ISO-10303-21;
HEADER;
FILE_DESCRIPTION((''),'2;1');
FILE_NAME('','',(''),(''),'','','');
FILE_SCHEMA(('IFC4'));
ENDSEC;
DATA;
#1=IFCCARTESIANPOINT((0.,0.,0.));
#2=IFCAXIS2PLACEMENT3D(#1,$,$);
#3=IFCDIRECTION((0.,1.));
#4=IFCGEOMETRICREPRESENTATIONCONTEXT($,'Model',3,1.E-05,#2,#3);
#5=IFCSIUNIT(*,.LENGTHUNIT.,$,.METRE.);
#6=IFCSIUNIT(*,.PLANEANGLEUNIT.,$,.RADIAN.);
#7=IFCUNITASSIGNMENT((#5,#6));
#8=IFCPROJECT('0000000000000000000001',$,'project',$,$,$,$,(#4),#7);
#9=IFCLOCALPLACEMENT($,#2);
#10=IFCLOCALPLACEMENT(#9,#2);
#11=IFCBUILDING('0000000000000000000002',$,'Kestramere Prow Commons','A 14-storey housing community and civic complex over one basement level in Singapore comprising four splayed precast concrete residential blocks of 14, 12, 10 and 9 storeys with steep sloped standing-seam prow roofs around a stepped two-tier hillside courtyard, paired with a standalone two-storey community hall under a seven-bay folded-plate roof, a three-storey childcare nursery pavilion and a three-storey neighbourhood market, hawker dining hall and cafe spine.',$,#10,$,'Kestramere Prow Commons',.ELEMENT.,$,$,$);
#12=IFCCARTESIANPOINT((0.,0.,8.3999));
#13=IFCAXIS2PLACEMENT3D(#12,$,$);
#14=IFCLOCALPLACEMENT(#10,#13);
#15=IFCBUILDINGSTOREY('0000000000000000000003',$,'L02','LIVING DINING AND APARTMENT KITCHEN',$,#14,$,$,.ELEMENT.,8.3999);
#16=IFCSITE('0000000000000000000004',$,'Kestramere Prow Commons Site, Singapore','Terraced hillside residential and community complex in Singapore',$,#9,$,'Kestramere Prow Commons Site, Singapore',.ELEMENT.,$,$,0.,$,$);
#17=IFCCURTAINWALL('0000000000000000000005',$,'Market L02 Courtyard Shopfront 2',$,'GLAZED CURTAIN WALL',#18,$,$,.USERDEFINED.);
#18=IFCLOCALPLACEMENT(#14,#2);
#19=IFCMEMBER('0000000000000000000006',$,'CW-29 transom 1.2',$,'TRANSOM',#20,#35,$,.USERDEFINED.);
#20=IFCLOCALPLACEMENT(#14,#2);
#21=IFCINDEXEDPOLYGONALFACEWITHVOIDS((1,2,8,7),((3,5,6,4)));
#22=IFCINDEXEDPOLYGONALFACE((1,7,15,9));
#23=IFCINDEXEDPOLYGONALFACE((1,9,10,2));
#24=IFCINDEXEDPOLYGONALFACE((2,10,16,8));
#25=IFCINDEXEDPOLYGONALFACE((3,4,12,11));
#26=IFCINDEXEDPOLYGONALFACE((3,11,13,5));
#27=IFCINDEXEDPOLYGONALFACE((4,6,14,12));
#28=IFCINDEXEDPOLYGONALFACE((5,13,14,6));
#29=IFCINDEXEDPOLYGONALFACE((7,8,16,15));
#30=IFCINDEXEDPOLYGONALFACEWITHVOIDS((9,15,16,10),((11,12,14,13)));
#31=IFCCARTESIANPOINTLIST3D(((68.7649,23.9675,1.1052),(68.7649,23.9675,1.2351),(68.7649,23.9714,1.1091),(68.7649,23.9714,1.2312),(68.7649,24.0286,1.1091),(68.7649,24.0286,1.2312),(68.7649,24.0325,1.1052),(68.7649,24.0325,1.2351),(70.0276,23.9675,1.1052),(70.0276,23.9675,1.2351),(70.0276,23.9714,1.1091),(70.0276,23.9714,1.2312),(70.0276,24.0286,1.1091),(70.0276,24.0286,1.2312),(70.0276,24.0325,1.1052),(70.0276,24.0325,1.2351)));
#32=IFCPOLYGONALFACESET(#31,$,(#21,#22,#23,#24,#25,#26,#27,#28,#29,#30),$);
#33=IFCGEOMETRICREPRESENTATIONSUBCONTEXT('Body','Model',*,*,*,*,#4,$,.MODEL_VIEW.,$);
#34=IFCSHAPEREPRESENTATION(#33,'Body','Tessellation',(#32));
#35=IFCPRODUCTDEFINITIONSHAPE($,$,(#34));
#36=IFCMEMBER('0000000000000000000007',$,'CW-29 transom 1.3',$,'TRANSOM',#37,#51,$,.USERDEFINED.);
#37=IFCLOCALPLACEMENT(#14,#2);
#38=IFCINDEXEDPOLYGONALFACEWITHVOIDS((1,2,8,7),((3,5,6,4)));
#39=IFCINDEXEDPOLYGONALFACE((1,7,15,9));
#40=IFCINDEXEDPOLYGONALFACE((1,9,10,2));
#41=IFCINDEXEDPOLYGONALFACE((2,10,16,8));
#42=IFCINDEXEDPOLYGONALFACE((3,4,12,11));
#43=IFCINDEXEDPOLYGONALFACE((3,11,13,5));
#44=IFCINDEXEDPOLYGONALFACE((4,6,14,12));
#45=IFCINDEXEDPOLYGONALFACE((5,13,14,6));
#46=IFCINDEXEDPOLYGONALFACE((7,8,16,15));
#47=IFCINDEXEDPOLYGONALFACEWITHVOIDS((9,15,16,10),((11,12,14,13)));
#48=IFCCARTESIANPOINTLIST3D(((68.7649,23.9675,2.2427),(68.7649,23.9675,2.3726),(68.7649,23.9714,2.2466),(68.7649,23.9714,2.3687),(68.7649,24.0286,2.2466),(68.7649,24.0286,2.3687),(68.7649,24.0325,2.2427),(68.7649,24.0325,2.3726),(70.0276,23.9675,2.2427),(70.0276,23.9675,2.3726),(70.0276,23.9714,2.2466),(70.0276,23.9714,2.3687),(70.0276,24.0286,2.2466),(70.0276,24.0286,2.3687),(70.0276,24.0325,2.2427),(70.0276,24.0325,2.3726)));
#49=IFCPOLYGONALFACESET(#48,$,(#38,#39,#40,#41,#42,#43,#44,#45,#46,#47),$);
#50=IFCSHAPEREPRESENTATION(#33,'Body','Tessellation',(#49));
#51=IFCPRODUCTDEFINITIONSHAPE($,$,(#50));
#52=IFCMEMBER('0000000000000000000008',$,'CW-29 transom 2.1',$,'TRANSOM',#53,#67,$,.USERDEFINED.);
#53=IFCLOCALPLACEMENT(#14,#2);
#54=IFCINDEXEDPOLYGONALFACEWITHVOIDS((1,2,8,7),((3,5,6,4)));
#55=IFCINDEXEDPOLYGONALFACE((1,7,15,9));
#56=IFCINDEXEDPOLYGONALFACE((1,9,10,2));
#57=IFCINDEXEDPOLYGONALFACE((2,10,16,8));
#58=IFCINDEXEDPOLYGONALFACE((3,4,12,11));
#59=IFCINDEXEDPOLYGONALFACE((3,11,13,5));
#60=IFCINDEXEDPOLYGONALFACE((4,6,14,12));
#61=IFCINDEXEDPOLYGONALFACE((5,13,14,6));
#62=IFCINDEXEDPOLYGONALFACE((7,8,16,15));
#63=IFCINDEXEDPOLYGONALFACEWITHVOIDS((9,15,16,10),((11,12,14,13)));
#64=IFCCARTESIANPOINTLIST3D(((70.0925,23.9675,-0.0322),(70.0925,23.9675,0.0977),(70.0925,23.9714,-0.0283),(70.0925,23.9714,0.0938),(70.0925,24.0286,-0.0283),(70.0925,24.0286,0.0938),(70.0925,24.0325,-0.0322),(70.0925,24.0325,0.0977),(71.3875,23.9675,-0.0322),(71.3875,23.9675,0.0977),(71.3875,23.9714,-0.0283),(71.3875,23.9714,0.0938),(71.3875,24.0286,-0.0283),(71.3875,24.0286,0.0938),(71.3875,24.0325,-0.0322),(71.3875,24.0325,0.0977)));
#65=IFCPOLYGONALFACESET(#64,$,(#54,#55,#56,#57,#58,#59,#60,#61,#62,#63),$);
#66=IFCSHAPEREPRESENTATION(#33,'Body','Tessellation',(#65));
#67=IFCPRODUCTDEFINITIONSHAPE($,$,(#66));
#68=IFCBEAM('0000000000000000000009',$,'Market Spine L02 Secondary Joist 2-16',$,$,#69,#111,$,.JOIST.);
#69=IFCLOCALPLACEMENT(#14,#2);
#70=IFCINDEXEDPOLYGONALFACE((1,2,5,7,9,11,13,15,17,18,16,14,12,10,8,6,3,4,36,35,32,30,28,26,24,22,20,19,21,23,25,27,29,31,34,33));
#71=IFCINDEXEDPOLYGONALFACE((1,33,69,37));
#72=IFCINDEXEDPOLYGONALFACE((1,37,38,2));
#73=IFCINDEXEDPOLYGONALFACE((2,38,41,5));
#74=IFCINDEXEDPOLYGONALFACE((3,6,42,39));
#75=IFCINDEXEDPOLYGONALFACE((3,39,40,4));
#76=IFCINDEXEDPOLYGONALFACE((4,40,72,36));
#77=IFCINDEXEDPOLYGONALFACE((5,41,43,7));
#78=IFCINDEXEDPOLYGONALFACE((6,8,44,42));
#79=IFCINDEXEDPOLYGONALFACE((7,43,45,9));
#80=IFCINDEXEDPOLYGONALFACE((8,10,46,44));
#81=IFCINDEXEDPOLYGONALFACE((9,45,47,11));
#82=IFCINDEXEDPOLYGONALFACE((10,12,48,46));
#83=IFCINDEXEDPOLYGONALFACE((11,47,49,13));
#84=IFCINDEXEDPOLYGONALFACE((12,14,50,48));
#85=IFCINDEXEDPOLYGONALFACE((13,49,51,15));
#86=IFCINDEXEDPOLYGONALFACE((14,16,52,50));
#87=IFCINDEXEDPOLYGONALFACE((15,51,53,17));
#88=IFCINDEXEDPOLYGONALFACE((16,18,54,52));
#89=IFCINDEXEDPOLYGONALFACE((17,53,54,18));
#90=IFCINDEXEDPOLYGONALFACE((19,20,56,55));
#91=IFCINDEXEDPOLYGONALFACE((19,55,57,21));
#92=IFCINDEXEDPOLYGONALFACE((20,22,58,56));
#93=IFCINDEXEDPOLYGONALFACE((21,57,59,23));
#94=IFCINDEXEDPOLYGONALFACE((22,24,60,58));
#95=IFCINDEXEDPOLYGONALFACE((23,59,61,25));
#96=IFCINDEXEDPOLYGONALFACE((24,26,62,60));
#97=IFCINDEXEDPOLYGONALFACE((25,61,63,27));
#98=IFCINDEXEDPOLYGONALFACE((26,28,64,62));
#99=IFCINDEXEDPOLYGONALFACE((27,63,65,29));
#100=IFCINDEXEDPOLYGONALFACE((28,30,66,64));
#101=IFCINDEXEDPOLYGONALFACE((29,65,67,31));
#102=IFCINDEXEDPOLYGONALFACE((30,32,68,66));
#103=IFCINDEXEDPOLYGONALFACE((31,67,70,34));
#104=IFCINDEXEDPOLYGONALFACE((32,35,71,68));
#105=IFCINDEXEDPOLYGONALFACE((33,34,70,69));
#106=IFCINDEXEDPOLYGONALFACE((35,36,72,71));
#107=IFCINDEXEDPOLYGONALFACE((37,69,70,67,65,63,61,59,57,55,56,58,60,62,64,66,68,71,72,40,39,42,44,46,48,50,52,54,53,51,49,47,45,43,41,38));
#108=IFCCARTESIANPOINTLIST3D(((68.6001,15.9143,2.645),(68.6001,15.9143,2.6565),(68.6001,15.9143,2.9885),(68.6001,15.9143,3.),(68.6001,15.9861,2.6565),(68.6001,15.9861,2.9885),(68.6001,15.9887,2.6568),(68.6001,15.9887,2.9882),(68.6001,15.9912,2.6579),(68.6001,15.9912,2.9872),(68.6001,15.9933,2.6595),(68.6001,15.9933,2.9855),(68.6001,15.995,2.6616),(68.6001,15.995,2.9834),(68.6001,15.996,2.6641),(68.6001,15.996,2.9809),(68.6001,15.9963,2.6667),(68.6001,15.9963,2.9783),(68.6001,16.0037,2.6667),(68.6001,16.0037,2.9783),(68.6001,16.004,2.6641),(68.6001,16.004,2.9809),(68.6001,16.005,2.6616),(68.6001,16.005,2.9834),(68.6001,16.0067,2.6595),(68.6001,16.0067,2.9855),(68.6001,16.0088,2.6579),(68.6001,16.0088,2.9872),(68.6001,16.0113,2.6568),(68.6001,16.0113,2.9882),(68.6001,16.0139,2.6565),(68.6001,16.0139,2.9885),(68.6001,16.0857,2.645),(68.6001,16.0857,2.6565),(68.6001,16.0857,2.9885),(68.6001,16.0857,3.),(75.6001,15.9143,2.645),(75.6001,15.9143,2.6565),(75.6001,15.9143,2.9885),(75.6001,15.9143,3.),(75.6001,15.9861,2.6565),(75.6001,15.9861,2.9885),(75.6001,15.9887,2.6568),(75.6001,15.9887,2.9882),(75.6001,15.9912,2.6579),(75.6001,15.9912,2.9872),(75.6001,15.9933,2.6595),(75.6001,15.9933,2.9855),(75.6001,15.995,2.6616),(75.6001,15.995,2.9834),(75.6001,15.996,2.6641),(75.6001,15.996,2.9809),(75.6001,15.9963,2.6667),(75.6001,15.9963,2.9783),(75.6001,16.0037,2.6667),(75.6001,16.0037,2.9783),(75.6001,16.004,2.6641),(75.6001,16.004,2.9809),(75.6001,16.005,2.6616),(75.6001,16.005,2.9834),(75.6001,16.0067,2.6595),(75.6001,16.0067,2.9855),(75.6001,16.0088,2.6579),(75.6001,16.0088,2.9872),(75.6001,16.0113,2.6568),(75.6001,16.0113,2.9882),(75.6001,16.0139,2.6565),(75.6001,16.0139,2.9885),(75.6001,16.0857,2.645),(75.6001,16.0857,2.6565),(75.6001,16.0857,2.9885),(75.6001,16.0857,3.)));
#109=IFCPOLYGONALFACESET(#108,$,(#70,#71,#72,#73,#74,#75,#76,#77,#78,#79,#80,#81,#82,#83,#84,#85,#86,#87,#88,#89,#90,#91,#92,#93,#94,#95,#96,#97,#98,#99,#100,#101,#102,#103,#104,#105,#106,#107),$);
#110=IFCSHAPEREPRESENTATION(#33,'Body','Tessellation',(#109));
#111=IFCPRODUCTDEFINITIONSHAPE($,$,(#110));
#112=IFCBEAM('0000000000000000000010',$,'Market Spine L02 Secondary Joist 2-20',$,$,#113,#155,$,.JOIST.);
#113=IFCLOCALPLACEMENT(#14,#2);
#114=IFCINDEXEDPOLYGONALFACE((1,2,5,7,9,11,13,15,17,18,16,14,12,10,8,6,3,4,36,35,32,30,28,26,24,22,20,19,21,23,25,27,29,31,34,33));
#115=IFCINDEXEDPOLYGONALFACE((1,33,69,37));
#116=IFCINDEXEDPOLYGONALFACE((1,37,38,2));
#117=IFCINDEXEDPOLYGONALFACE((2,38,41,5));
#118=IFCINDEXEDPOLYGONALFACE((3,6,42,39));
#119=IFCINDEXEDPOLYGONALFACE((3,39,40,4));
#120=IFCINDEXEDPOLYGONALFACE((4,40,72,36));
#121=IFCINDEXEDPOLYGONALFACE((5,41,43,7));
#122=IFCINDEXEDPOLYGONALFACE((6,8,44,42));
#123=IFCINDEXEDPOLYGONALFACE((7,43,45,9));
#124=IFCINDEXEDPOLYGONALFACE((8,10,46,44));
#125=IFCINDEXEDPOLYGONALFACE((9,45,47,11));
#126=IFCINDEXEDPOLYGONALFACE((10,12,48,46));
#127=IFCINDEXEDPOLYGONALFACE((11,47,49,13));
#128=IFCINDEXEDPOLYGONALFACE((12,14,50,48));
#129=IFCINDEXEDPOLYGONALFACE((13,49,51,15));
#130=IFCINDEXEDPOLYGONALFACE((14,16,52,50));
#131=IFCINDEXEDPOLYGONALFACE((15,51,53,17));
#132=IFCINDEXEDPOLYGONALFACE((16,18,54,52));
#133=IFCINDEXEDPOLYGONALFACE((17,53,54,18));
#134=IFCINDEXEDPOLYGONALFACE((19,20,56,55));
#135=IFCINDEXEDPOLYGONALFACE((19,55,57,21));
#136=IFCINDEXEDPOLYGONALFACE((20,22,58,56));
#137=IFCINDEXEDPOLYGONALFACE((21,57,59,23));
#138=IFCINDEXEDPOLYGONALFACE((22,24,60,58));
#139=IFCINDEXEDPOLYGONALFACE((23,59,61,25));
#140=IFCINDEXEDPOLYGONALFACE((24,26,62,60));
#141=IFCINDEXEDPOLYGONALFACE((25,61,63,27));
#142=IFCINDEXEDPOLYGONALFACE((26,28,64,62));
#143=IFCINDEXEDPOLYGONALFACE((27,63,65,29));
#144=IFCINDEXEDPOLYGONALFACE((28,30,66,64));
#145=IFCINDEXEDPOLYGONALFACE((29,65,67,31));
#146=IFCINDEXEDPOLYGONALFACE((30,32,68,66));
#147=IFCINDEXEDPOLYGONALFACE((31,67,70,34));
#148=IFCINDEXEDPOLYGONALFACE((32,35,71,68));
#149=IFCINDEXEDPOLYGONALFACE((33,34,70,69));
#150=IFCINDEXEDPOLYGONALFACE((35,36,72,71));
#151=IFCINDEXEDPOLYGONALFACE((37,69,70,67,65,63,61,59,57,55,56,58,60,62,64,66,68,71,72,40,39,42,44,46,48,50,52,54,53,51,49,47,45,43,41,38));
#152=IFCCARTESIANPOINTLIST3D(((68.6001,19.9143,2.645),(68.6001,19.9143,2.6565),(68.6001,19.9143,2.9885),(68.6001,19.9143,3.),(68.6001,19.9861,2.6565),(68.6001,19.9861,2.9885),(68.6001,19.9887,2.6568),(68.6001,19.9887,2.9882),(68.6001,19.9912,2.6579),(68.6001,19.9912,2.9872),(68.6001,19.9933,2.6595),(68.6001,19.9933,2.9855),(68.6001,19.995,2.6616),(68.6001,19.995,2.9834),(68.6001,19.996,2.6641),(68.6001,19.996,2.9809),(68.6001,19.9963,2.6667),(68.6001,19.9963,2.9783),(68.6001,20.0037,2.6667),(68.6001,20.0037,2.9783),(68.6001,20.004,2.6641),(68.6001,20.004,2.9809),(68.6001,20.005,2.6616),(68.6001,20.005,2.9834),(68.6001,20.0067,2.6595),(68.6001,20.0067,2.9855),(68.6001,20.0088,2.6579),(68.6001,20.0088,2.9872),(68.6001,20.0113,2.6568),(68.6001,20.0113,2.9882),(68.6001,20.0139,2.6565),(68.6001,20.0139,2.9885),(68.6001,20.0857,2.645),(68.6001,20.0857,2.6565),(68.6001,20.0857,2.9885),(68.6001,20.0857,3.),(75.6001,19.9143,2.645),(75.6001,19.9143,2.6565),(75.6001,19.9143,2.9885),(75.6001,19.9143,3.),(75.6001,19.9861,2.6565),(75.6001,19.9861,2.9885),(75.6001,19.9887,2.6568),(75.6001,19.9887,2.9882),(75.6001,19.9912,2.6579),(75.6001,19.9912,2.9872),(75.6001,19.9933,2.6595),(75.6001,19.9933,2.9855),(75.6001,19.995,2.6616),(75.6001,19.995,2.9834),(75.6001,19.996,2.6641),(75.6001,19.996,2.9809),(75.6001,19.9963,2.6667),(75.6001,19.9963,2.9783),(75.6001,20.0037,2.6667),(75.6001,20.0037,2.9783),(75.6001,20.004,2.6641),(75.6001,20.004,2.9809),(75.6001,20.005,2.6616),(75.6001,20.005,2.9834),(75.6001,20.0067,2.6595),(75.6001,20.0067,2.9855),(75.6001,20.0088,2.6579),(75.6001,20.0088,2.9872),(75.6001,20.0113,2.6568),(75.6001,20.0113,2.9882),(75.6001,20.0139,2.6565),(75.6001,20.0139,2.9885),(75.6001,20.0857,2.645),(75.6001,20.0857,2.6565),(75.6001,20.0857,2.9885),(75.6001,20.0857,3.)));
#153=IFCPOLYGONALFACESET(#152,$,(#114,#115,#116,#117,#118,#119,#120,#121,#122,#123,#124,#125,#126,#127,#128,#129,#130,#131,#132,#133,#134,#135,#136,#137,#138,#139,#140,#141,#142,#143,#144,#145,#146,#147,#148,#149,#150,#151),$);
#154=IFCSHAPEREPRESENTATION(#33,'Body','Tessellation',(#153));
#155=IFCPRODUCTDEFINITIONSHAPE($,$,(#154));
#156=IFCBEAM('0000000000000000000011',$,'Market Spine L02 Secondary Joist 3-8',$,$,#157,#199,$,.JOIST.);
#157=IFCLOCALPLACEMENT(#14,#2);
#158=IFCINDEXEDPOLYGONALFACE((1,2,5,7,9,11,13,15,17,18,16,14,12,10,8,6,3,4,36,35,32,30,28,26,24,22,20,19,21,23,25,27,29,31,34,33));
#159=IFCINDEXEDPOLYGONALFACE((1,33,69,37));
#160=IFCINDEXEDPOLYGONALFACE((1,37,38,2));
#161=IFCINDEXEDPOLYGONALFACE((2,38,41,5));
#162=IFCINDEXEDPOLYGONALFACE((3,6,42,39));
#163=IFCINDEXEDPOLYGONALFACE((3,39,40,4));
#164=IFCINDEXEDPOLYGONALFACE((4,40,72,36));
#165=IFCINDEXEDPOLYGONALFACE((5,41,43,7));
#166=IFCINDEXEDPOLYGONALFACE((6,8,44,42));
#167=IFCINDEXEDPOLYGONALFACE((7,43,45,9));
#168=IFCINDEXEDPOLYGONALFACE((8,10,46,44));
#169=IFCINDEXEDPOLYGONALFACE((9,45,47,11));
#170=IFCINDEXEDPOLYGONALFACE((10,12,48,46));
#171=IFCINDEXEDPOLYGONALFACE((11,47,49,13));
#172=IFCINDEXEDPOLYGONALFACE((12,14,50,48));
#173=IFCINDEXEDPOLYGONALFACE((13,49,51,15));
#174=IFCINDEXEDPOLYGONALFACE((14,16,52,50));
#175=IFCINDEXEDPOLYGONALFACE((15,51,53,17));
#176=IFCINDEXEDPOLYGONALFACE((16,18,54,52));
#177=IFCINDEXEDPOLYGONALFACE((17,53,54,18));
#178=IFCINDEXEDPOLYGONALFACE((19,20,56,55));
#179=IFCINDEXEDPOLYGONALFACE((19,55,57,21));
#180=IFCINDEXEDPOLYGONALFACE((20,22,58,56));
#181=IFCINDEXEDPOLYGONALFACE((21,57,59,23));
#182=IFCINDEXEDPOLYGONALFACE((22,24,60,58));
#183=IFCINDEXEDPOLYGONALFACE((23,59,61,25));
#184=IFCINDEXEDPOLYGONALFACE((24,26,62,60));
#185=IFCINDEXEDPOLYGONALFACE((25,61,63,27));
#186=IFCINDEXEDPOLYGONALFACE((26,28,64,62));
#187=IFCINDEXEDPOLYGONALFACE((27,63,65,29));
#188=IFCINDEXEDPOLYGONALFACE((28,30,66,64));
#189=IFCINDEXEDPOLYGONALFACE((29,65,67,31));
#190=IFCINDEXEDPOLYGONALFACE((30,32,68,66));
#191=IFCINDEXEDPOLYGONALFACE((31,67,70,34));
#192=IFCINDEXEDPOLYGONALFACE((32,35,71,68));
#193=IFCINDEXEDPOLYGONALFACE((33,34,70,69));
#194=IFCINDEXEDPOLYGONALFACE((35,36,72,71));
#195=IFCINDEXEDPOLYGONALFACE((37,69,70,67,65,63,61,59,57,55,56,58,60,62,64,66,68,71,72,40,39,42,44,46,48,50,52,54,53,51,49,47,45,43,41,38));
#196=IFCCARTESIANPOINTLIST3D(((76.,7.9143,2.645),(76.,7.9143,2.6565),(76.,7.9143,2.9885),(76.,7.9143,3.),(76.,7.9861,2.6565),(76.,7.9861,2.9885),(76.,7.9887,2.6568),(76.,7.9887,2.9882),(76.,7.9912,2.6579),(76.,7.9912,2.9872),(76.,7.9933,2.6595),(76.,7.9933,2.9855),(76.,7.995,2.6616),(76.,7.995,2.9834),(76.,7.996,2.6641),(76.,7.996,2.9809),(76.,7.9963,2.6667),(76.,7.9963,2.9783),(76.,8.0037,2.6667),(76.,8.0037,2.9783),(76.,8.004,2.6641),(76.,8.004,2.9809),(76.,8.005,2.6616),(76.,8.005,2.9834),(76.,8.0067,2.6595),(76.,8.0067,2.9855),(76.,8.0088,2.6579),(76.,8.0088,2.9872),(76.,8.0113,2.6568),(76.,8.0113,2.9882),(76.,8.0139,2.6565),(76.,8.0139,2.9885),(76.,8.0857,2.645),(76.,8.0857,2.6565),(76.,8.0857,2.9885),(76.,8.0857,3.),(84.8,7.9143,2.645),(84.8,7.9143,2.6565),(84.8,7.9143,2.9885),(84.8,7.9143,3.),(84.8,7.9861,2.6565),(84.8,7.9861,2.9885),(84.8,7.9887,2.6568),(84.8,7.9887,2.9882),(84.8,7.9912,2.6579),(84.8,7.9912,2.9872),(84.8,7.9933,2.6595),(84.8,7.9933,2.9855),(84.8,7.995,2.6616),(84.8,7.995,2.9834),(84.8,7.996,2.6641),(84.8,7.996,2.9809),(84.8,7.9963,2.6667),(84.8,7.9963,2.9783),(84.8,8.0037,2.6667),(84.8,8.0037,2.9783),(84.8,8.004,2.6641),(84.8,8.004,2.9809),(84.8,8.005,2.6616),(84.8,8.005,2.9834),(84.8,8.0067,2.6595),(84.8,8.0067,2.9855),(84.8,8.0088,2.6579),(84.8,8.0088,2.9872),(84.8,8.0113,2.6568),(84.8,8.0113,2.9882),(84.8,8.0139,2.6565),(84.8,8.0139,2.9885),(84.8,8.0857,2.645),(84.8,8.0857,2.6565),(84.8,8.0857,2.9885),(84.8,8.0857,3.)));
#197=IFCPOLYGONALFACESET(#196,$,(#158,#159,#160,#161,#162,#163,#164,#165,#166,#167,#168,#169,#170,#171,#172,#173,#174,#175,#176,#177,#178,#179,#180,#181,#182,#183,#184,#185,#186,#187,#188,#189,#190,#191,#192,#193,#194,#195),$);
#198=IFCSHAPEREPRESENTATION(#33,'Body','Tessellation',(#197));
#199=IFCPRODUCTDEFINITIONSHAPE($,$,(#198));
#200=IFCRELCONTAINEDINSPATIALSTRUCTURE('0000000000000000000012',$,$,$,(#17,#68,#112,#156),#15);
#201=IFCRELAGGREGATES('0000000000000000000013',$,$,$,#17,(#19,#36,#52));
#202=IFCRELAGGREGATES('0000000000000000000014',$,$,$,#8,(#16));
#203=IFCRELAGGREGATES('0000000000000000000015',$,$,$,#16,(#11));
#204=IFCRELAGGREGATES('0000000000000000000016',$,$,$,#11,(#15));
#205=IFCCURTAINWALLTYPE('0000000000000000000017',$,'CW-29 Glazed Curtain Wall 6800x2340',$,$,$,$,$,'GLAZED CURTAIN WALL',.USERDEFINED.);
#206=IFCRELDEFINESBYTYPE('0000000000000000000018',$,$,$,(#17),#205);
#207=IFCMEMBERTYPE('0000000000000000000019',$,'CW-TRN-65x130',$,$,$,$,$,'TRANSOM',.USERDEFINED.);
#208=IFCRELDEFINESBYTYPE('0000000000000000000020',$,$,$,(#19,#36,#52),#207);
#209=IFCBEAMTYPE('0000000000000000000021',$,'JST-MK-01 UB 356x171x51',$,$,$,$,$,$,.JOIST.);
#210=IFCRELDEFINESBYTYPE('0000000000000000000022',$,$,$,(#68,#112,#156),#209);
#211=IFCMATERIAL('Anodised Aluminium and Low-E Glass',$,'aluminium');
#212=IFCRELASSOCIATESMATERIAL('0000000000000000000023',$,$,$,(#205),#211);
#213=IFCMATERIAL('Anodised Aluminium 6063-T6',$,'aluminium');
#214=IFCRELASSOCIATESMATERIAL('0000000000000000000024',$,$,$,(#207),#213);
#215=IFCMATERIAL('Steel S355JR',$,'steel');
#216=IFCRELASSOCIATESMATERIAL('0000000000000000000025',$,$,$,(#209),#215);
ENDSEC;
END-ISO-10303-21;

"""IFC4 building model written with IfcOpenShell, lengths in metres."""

from ifc_helpers import new_model, si_unit, direction, frame, origin, origin_2d, place, context, subcontext, project, spatial, hollow_rectangle, i_section, extrude, material, material_profile, profile_set, type_object, element, aggregate, save


model = new_model("IFC4")

# Units and contexts
model_context = context("Model", 3, precision=1e-05, world=origin(), true_north=direction((0.0, 1.0)))
body_context = subcontext(model_context, "Body", "Model", "MODEL_VIEW")
ifc_project = project(units=[si_unit("LENGTHUNIT", "METRE"), si_unit("PLANEANGLEUNIT", "RADIAN")], contexts=[model_context])

# Site, building, storey
site_placement = place(None, origin())
site = spatial("IfcSite", under=ifc_project, at=site_placement, Name="Kestramere Prow Commons Site, Singapore", Description="Terraced hillside residential and community complex in Singapore", LongName="Kestramere Prow Commons Site, Singapore", CompositionType="ELEMENT", RefElevation=0.0)
building_placement = place(site_placement, origin())
building = spatial("IfcBuilding", under=site, at=building_placement, Name="Kestramere Prow Commons", Description="A 14-storey housing community and civic complex over one basement level in Singapore comprising four splayed precast concrete residential blocks of 14, 12, 10 and 9 storeys with steep sloped standing-seam prow roofs around a stepped two-tier hillside courtyard, paired with a standalone two-storey community hall under a seven-bay folded-plate roof, a three-storey childcare nursery pavilion and a three-storey neighbourhood market, hawker dining hall and cafe spine.", LongName="Kestramere Prow Commons", CompositionType="ELEMENT")
storey_placement = place(building_placement, frame((0.0, 0.0, 8.3999)))
storey = spatial("IfcBuildingStorey", under=building, at=storey_placement, Name="L02", Description="LIVING DINING AND APARTMENT KITCHEN", CompositionType="ELEMENT", Elevation=8.3999)

# Curtain wall, members
ifc_material_1 = material(Name="Anodised Aluminium and Low-E Glass", Category="aluminium")
curtain_wall_type = type_object("IfcCurtainWallType", Name="CW-29 Glazed Curtain Wall 6800x2340", ElementType="GLAZED CURTAIN WALL", PredefinedType="USERDEFINED", material=ifc_material_1)
curtain_wall_placement = place(storey_placement, origin())
curtain_wall = element("IfcCurtainWall", 1, at=curtain_wall_placement, inside=storey, type_object=curtain_wall_type, Name="Market L02 Courtyard Shopfront 2", ObjectType="GLAZED CURTAIN WALL", PredefinedType="USERDEFINED")
ifc_material_2 = material(Name="Anodised Aluminium 6063-T6", Category="aluminium")
ifc_material_profile_1 = material_profile(ifc_material_2, hollow_rectangle(XDim=0.0649, YDim=0.1299, WallThickness=0.0039, at=origin_2d()), Name="ALU-TRN 65x130")
ifc_profile_set_1 = profile_set([ifc_material_profile_1], Name="Anodised Aluminium 6063-T6")
member_type_1 = type_object("IfcMemberType", Name="CW-TRN-65x130", ElementType="TRANSOM", PredefinedType="USERDEFINED", material=ifc_profile_set_1)
member_1_placement = place(storey_placement, frame((68.7649, 24.0, 1.1702), z_axis=(1.0, 0.0, 0.0), x_axis=(0.0, 1.0, 0.0)))
member_1 = element("IfcMember", 2, at=member_1_placement, type_object=member_type_1, Name="CW-29 transom 1.2", ObjectType="TRANSOM", PredefinedType="USERDEFINED", context=body_context, shape_type="SweptSolid", body=[
    extrude(hollow_rectangle(XDim=0.0649, YDim=0.1299, WallThickness=0.0039, at=origin_2d()), origin(), (0.0, 0.0, 1.0), 1.2627),
])
member_2_placement = place(storey_placement, frame((68.7649, 24.0, 2.3076), z_axis=(1.0, 0.0, 0.0), x_axis=(0.0, 1.0, 0.0)))
member_2 = element("IfcMember", 3, at=member_2_placement, type_object=member_type_1, Name="CW-29 transom 1.3", ObjectType="TRANSOM", PredefinedType="USERDEFINED", context=body_context, shape_type="SweptSolid", body=[
    extrude(hollow_rectangle(XDim=0.0649, YDim=0.1299, WallThickness=0.0039, at=origin_2d()), origin(), (0.0, 0.0, 1.0), 1.2627),
])
member_3_placement = place(storey_placement, frame((70.0925, 24.0, 0.0327), z_axis=(1.0, 0.0, 0.0), x_axis=(0.0, 1.0, 0.0)))
member_3 = element("IfcMember", 4, at=member_3_placement, type_object=member_type_1, Name="CW-29 transom 2.1", ObjectType="TRANSOM", PredefinedType="USERDEFINED", context=body_context, shape_type="SweptSolid", body=[
    extrude(hollow_rectangle(XDim=0.0649, YDim=0.1299, WallThickness=0.0039, at=origin_2d()), origin(), (0.0, 0.0, 1.0), 1.2949),
])

# Beams
ifc_material_3 = material(Name="Steel S355JR", Category="steel")
ifc_material_profile_2 = material_profile(ifc_material_3, i_section(OverallWidth=0.1714, OverallDepth=0.355, WebThickness=0.0073, FlangeThickness=0.0115, FilletRadius=0.0103, at=origin_2d()), Name="UB 356x171x51")
ifc_profile_set_2 = profile_set([ifc_material_profile_2], Name="Steel S355JR")
beam_type_1 = type_object("IfcBeamType", Name="JST-MK-01 UB 356x171x51", PredefinedType="JOIST", material=ifc_profile_set_2)
for number, where, z_axis, x_axis, name in (
    (5, (68.6001, 16.0, 2.8225), (1.0, 0.0, 0.0), (0.0, 1.0, 0.0), "Market Spine L02 Secondary Joist 2-16"),
    (6, (68.6001, 20.0, 2.8225), (1.0, 0.0, 0.0), (0.0, 1.0, 0.0), "Market Spine L02 Secondary Joist 2-20"),
):
    element("IfcBeam", number, at=place(storey_placement, frame(where, z_axis=z_axis, x_axis=x_axis)), inside=storey, type_object=beam_type_1, Name=name, PredefinedType="JOIST", context=body_context, shape_type="SweptSolid", body=[
        extrude(i_section(OverallWidth=0.1714, OverallDepth=0.355, WebThickness=0.0073, FlangeThickness=0.0115, FilletRadius=0.0103, at=origin_2d()), origin(), (0.0, 0.0, 1.0), 7.0),
    ])
for number, where, z_axis, x_axis, name in (
    (7, (76.0, 8.0, 2.8225), (1.0, 0.0, 0.0), (0.0, 1.0, 0.0), "Market Spine L02 Secondary Joist 3-8"),
):
    element("IfcBeam", number, at=place(storey_placement, frame(where, z_axis=z_axis, x_axis=x_axis)), inside=storey, type_object=beam_type_1, Name=name, PredefinedType="JOIST", context=body_context, shape_type="SweptSolid", body=[
        extrude(i_section(OverallWidth=0.1714, OverallDepth=0.355, WebThickness=0.0073, FlangeThickness=0.0115, FilletRadius=0.0103, at=origin_2d()), origin(), (0.0, 0.0, 1.0), 8.8),
    ])

aggregate(curtain_wall, [member_1, member_2, member_3])

save(model, "model.ifc")
